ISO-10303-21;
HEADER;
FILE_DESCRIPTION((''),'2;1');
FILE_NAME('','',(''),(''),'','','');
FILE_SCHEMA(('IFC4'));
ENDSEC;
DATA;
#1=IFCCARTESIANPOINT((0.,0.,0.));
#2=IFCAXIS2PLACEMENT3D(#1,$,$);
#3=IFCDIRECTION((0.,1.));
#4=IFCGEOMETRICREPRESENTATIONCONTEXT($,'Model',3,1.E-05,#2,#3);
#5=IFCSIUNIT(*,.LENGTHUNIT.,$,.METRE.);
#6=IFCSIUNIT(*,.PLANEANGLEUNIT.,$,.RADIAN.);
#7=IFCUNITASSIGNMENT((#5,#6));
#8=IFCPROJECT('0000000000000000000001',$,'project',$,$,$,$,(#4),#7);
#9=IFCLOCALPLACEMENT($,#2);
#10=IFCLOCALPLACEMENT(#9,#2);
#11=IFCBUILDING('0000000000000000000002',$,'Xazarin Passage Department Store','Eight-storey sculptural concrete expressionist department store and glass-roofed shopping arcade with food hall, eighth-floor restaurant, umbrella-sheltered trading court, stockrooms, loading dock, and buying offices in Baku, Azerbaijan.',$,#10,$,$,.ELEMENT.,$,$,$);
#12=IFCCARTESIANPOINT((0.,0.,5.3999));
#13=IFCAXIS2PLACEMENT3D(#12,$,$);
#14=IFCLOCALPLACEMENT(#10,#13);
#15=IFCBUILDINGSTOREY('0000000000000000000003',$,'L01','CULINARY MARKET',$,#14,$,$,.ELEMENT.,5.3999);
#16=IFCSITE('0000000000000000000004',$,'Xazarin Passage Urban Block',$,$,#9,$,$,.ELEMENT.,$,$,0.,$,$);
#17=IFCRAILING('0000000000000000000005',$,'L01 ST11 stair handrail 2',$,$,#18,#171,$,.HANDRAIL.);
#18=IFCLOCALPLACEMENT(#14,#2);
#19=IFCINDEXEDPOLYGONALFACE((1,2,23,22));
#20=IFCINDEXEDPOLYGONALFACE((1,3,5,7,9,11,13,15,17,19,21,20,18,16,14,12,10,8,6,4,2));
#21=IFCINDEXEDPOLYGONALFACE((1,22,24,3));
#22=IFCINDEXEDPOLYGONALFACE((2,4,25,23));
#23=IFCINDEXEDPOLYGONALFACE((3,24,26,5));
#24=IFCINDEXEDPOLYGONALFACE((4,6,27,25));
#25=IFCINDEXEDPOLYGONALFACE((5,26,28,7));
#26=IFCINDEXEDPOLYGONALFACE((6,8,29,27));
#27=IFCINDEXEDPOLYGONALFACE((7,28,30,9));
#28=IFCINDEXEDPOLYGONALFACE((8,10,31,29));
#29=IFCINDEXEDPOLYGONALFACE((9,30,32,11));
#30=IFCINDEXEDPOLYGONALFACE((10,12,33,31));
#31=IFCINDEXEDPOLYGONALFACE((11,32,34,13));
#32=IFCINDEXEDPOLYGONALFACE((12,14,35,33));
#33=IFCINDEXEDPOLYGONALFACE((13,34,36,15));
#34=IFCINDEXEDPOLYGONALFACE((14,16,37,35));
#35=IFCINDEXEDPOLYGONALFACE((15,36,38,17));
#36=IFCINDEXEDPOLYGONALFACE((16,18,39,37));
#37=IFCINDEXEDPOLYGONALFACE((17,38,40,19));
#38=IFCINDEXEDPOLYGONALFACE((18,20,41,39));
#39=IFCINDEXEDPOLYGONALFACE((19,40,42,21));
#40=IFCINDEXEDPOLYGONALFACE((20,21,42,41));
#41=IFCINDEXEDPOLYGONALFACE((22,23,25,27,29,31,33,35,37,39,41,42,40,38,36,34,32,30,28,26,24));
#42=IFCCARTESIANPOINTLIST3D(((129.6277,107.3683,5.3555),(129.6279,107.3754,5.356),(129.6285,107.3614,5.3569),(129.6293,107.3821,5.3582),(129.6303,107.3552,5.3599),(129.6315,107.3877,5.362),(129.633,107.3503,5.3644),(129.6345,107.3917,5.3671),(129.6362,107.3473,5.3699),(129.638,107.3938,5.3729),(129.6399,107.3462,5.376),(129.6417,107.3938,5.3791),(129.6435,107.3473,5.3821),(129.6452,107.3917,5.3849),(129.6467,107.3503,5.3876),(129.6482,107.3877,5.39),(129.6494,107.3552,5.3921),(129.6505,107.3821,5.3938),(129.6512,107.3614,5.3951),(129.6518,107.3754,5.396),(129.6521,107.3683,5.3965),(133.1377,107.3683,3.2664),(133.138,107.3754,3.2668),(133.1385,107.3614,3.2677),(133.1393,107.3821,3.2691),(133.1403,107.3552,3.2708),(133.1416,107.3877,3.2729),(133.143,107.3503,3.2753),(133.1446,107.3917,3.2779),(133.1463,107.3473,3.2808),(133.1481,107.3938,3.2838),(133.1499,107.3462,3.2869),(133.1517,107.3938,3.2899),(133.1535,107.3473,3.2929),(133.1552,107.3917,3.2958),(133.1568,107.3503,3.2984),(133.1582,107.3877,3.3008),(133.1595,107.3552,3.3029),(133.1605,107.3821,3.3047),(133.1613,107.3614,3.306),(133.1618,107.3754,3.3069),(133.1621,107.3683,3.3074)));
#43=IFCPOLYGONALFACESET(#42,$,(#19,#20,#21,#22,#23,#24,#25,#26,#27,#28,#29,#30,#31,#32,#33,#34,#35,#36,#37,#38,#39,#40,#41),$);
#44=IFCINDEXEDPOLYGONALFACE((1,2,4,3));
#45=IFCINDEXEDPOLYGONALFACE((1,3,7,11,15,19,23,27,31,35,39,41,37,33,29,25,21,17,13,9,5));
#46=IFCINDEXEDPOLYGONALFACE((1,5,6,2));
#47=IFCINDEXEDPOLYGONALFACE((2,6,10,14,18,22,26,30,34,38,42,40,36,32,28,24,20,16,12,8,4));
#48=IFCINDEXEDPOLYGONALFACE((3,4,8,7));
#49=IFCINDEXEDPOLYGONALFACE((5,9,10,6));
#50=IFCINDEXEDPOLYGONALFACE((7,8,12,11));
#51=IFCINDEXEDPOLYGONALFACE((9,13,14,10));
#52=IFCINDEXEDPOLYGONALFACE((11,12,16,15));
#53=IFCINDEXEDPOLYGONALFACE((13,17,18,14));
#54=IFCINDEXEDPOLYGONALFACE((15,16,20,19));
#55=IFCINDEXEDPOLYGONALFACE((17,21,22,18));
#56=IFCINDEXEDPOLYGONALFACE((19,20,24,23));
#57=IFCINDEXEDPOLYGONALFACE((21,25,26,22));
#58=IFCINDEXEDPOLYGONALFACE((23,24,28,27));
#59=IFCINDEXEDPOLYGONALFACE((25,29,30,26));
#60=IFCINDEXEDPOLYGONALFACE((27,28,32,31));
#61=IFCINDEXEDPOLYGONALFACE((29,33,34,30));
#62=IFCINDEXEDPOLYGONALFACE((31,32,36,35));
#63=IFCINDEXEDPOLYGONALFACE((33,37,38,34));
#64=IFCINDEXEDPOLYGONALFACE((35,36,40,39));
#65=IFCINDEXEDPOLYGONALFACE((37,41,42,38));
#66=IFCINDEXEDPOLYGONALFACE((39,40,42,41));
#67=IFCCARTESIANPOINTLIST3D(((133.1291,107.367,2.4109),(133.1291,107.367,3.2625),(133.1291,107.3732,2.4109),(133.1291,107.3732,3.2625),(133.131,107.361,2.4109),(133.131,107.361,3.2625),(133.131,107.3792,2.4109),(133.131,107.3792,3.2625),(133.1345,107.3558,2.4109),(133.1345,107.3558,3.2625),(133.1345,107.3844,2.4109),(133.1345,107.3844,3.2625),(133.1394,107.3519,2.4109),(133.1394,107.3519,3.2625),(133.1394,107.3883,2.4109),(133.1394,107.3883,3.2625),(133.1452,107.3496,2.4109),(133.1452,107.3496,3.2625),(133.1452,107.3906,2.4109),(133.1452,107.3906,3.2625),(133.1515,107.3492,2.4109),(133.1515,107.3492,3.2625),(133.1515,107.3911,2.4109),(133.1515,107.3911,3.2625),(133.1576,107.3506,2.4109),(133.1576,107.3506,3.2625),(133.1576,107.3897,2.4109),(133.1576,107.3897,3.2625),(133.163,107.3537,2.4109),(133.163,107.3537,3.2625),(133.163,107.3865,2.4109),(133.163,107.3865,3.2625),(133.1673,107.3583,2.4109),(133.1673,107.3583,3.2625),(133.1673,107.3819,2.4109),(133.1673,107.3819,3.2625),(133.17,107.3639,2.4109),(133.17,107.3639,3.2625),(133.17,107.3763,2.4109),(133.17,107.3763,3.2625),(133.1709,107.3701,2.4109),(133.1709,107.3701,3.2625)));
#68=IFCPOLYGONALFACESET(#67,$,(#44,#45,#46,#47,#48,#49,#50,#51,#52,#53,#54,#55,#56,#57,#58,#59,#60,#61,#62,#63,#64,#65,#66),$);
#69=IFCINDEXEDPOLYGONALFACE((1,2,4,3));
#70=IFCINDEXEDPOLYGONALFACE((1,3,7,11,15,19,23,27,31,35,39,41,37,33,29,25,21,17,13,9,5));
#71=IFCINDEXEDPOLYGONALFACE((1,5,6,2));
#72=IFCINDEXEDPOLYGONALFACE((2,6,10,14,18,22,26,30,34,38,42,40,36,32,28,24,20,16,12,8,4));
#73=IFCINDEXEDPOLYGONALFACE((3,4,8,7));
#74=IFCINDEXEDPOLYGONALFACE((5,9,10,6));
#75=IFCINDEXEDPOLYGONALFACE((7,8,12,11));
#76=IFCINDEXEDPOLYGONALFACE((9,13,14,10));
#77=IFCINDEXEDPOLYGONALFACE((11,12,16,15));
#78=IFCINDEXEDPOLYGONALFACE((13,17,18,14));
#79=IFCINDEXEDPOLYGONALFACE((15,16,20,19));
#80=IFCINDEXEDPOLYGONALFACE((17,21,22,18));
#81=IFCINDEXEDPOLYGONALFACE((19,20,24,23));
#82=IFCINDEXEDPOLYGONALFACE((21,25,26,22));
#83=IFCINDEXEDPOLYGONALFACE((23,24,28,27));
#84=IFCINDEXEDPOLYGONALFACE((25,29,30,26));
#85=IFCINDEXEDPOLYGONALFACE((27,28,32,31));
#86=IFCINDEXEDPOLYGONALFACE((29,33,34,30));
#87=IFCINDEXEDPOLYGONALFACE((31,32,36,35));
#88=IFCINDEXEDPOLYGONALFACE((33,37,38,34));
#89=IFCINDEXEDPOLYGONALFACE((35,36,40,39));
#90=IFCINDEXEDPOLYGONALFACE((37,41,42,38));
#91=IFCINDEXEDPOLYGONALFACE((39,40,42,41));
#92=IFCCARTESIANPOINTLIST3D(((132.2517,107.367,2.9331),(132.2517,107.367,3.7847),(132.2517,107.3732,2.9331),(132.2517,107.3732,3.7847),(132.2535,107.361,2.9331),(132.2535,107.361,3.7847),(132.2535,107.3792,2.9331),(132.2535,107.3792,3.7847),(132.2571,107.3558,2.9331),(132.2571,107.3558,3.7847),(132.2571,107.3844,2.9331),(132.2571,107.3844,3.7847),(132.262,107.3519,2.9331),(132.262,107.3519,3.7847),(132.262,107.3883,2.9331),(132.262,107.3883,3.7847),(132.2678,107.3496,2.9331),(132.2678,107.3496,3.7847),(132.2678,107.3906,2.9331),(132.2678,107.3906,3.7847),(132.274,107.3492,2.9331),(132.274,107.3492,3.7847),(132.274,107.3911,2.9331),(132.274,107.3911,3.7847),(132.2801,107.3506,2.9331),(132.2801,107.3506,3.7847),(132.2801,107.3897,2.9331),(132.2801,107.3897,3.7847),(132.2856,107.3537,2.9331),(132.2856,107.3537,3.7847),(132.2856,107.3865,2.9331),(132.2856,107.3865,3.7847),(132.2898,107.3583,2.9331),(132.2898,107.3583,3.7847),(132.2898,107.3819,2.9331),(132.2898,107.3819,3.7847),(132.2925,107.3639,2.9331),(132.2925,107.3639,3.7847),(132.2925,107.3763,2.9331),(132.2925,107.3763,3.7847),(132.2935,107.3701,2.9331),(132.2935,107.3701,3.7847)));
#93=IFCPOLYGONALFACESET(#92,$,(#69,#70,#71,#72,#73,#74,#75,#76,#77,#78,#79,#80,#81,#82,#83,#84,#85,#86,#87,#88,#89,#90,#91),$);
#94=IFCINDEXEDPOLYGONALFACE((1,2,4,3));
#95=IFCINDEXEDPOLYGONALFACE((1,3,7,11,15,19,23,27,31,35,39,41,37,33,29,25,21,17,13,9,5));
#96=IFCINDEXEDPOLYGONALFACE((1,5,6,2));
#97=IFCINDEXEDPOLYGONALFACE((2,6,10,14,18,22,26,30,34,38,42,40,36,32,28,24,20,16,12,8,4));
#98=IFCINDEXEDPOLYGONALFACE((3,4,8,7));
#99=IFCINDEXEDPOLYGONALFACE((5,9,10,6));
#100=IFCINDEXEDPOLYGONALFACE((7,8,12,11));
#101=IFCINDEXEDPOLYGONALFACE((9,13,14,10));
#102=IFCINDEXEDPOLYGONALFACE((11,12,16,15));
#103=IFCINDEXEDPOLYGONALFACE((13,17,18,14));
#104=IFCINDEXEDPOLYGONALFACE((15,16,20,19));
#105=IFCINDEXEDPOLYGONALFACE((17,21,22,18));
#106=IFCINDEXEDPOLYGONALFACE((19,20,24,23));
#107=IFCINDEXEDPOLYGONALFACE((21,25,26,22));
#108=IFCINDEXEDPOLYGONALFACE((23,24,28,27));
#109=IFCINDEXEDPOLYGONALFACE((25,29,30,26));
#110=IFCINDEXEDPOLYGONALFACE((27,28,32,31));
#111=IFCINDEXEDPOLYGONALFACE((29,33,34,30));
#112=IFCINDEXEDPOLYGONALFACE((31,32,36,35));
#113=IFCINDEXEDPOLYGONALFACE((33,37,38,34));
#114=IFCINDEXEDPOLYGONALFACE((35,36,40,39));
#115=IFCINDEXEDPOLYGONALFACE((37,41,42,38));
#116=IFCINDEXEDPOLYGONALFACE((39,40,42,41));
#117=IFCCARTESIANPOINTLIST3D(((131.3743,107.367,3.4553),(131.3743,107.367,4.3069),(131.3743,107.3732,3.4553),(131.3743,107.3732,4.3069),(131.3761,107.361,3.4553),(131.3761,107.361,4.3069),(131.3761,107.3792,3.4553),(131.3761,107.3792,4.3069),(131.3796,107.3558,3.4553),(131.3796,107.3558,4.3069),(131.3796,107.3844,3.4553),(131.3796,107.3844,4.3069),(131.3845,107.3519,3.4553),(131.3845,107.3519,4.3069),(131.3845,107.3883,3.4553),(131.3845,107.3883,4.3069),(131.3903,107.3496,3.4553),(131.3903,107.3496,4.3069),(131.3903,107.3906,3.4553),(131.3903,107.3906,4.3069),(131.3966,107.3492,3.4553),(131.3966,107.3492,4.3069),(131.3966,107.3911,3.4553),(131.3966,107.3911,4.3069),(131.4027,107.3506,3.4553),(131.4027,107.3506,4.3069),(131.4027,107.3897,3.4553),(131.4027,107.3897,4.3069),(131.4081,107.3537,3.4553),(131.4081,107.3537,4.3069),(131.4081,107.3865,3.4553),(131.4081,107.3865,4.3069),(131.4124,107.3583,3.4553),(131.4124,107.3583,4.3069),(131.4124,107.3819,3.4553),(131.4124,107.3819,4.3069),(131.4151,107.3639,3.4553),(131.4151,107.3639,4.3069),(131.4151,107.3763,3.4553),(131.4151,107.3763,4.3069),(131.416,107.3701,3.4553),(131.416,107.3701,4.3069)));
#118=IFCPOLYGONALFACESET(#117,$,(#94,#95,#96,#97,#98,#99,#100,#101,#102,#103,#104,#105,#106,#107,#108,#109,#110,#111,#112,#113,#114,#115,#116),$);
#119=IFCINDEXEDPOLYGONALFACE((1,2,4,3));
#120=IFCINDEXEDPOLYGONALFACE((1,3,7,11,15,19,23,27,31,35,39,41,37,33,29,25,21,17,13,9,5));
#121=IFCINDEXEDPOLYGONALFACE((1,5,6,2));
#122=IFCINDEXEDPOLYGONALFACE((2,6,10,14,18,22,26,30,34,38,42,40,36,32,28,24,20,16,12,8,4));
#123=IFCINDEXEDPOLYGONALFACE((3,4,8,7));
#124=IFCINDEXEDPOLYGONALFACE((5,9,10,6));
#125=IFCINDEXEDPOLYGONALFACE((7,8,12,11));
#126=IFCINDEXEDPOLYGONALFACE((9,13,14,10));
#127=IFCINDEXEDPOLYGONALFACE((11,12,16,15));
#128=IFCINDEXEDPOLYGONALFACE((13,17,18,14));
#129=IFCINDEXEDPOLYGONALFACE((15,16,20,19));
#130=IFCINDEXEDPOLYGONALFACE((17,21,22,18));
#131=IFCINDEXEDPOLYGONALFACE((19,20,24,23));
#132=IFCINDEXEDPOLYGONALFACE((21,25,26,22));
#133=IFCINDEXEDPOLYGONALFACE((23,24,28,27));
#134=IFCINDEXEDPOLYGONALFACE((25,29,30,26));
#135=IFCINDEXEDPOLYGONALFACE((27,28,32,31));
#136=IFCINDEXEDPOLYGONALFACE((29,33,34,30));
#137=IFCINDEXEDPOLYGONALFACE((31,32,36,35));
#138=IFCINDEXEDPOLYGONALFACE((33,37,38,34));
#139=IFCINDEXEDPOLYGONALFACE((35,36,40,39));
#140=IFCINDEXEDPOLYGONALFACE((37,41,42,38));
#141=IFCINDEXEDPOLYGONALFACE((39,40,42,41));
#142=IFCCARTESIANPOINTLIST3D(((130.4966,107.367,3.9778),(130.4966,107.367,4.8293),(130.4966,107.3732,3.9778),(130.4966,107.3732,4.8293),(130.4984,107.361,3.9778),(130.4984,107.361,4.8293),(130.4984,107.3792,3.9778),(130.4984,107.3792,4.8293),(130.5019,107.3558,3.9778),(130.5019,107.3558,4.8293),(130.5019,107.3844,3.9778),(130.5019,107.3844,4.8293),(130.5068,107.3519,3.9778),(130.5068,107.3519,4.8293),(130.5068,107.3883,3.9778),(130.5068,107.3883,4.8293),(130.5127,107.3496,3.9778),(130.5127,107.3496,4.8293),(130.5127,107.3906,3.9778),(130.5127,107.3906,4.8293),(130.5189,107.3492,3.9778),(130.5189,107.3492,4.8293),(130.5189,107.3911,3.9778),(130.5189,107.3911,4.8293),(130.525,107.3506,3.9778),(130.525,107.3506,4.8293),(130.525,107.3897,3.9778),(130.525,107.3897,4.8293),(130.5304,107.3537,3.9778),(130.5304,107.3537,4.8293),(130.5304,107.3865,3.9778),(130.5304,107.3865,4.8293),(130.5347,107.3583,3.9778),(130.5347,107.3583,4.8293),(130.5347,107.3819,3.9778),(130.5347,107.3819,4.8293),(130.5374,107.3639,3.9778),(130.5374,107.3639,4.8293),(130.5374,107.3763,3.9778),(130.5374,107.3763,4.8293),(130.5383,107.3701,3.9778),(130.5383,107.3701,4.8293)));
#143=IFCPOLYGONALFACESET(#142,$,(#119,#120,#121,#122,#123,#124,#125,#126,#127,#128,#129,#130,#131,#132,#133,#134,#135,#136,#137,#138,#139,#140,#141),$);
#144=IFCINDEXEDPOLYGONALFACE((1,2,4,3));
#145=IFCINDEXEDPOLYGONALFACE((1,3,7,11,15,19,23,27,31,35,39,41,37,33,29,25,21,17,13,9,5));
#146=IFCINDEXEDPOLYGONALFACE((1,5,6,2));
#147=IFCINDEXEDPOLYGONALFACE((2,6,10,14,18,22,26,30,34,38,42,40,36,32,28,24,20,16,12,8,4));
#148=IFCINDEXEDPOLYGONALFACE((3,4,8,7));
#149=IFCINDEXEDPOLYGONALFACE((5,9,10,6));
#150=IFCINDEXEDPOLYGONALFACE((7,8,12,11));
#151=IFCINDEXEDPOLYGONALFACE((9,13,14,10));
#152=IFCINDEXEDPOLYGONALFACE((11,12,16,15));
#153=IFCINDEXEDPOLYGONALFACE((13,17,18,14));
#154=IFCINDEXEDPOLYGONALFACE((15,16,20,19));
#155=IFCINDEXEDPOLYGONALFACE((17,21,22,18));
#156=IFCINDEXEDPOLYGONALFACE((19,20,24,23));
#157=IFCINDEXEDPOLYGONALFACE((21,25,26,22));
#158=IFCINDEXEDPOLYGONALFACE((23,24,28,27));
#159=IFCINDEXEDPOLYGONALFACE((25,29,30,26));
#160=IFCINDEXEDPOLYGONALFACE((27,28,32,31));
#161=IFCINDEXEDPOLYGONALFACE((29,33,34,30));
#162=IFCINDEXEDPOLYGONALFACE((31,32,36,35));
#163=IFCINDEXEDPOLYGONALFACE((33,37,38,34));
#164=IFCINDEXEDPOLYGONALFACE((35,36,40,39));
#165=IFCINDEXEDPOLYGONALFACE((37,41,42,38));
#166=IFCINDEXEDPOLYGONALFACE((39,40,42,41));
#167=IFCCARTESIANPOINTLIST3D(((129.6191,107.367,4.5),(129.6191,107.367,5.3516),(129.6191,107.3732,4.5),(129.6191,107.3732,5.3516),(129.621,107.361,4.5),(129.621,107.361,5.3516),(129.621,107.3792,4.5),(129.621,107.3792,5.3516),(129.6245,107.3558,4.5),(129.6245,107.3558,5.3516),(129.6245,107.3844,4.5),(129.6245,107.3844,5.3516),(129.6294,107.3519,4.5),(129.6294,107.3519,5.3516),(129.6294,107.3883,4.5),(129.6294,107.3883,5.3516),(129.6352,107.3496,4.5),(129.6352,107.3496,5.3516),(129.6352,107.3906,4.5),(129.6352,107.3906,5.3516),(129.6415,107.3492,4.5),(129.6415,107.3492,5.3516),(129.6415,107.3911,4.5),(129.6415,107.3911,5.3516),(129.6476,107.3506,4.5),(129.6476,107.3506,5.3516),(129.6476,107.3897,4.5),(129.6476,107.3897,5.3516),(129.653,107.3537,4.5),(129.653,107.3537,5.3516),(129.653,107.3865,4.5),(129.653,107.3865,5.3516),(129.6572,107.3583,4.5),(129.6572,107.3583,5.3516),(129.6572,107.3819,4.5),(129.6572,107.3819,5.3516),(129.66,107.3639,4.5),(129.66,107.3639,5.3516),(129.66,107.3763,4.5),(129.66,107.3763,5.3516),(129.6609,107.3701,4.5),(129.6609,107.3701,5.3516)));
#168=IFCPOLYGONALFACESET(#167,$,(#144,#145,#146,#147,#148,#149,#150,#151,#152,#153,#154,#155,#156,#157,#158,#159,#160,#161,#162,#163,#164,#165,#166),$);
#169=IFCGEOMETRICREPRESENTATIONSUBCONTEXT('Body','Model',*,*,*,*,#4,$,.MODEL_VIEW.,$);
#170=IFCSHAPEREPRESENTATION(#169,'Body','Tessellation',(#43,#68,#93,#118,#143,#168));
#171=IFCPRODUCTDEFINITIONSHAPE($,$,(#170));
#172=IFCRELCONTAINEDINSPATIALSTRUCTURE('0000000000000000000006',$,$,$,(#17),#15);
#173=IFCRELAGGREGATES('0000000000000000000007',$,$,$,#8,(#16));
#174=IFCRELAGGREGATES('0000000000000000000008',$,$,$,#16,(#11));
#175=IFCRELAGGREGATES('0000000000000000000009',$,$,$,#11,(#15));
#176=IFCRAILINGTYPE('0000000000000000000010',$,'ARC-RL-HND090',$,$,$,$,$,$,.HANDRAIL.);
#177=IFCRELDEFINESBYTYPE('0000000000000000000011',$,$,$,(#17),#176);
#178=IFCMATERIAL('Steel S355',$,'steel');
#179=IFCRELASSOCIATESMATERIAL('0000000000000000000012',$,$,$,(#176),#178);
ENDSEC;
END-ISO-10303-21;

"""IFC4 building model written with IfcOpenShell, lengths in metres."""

from ifc_helpers import new_model, si_unit, direction, frame, origin, origin_2d, place, context, subcontext, project, spatial, circle, extrude, material, type_object, element, save


model = new_model("IFC4")

# Units and contexts
model_context = context("Model", 3, precision=1e-05, world=origin(), true_north=direction((0.0, 1.0)))
body_context = subcontext(model_context, "Body", "Model", "MODEL_VIEW")
ifc_project = project(units=[si_unit("LENGTHUNIT", "METRE"), si_unit("PLANEANGLEUNIT", "RADIAN")], contexts=[model_context])

# Site, building, storey
site_placement = place(None, origin())
site = spatial("IfcSite", under=ifc_project, at=site_placement, Name="Xazarin Passage Urban Block", CompositionType="ELEMENT", RefElevation=0.0)
building_placement = place(site_placement, origin())
building = spatial("IfcBuilding", under=site, at=building_placement, Name="Xazarin Passage Department Store", Description="Eight-storey sculptural concrete expressionist department store and glass-roofed shopping arcade with food hall, eighth-floor restaurant, umbrella-sheltered trading court, stockrooms, loading dock, and buying offices in Baku, Azerbaijan.", CompositionType="ELEMENT")
storey_placement = place(building_placement, frame((0.0, 0.0, 5.3999)))
storey = spatial("IfcBuildingStorey", under=building, at=storey_placement, Name="L01", Description="CULINARY MARKET", CompositionType="ELEMENT", Elevation=5.3999)

# Shared definitions
ifc_material_1 = material(Name="Steel S355", Category="steel")

# Railing
railing_type_1 = type_object("IfcRailingType", Name="ARC-RL-HND090", PredefinedType="HANDRAIL", material=ifc_material_1)
railing_1_placement = place(storey_placement, frame((133.1499, 107.3701, 2.4109)))
element("IfcRailing", 1, at=railing_1_placement, inside=storey, type_object=railing_type_1, Name="L01 ST11 stair handrail 2", PredefinedType="HANDRAIL", context=body_context, shape_type="SweptSolid", body=[
    extrude(circle(Radius=0.0239, at=origin_2d()), frame((0.0, 0.0, 0.876), z_axis=(-0.859312, 0.0, 0.511451), x_axis=(0.0, -1.0, 0.0)), (0.0, 0.0, 1.0), 4.0847),
    extrude(circle(Radius=0.021, at=origin_2d()), origin(), (0.0, 0.0, 1.0), 0.8516),
    extrude(circle(Radius=0.021, at=origin_2d()), frame((-0.8774, 0.0, 0.5222)), (0.0, 0.0, 1.0), 0.8516),
    extrude(circle(Radius=0.021, at=origin_2d()), frame((-1.7549, 0.0, 1.0444)), (0.0, 0.0, 1.0), 0.8516),
    extrude(circle(Radius=0.021, at=origin_2d()), frame((-2.6326, 0.0, 1.5669)), (0.0, 0.0, 1.0), 0.8516),
    extrude(circle(Radius=0.021, at=origin_2d()), frame((-3.51, 0.0, 2.0891)), (0.0, 0.0, 1.0), 0.8516),
])

save(model, "model.ifc")
